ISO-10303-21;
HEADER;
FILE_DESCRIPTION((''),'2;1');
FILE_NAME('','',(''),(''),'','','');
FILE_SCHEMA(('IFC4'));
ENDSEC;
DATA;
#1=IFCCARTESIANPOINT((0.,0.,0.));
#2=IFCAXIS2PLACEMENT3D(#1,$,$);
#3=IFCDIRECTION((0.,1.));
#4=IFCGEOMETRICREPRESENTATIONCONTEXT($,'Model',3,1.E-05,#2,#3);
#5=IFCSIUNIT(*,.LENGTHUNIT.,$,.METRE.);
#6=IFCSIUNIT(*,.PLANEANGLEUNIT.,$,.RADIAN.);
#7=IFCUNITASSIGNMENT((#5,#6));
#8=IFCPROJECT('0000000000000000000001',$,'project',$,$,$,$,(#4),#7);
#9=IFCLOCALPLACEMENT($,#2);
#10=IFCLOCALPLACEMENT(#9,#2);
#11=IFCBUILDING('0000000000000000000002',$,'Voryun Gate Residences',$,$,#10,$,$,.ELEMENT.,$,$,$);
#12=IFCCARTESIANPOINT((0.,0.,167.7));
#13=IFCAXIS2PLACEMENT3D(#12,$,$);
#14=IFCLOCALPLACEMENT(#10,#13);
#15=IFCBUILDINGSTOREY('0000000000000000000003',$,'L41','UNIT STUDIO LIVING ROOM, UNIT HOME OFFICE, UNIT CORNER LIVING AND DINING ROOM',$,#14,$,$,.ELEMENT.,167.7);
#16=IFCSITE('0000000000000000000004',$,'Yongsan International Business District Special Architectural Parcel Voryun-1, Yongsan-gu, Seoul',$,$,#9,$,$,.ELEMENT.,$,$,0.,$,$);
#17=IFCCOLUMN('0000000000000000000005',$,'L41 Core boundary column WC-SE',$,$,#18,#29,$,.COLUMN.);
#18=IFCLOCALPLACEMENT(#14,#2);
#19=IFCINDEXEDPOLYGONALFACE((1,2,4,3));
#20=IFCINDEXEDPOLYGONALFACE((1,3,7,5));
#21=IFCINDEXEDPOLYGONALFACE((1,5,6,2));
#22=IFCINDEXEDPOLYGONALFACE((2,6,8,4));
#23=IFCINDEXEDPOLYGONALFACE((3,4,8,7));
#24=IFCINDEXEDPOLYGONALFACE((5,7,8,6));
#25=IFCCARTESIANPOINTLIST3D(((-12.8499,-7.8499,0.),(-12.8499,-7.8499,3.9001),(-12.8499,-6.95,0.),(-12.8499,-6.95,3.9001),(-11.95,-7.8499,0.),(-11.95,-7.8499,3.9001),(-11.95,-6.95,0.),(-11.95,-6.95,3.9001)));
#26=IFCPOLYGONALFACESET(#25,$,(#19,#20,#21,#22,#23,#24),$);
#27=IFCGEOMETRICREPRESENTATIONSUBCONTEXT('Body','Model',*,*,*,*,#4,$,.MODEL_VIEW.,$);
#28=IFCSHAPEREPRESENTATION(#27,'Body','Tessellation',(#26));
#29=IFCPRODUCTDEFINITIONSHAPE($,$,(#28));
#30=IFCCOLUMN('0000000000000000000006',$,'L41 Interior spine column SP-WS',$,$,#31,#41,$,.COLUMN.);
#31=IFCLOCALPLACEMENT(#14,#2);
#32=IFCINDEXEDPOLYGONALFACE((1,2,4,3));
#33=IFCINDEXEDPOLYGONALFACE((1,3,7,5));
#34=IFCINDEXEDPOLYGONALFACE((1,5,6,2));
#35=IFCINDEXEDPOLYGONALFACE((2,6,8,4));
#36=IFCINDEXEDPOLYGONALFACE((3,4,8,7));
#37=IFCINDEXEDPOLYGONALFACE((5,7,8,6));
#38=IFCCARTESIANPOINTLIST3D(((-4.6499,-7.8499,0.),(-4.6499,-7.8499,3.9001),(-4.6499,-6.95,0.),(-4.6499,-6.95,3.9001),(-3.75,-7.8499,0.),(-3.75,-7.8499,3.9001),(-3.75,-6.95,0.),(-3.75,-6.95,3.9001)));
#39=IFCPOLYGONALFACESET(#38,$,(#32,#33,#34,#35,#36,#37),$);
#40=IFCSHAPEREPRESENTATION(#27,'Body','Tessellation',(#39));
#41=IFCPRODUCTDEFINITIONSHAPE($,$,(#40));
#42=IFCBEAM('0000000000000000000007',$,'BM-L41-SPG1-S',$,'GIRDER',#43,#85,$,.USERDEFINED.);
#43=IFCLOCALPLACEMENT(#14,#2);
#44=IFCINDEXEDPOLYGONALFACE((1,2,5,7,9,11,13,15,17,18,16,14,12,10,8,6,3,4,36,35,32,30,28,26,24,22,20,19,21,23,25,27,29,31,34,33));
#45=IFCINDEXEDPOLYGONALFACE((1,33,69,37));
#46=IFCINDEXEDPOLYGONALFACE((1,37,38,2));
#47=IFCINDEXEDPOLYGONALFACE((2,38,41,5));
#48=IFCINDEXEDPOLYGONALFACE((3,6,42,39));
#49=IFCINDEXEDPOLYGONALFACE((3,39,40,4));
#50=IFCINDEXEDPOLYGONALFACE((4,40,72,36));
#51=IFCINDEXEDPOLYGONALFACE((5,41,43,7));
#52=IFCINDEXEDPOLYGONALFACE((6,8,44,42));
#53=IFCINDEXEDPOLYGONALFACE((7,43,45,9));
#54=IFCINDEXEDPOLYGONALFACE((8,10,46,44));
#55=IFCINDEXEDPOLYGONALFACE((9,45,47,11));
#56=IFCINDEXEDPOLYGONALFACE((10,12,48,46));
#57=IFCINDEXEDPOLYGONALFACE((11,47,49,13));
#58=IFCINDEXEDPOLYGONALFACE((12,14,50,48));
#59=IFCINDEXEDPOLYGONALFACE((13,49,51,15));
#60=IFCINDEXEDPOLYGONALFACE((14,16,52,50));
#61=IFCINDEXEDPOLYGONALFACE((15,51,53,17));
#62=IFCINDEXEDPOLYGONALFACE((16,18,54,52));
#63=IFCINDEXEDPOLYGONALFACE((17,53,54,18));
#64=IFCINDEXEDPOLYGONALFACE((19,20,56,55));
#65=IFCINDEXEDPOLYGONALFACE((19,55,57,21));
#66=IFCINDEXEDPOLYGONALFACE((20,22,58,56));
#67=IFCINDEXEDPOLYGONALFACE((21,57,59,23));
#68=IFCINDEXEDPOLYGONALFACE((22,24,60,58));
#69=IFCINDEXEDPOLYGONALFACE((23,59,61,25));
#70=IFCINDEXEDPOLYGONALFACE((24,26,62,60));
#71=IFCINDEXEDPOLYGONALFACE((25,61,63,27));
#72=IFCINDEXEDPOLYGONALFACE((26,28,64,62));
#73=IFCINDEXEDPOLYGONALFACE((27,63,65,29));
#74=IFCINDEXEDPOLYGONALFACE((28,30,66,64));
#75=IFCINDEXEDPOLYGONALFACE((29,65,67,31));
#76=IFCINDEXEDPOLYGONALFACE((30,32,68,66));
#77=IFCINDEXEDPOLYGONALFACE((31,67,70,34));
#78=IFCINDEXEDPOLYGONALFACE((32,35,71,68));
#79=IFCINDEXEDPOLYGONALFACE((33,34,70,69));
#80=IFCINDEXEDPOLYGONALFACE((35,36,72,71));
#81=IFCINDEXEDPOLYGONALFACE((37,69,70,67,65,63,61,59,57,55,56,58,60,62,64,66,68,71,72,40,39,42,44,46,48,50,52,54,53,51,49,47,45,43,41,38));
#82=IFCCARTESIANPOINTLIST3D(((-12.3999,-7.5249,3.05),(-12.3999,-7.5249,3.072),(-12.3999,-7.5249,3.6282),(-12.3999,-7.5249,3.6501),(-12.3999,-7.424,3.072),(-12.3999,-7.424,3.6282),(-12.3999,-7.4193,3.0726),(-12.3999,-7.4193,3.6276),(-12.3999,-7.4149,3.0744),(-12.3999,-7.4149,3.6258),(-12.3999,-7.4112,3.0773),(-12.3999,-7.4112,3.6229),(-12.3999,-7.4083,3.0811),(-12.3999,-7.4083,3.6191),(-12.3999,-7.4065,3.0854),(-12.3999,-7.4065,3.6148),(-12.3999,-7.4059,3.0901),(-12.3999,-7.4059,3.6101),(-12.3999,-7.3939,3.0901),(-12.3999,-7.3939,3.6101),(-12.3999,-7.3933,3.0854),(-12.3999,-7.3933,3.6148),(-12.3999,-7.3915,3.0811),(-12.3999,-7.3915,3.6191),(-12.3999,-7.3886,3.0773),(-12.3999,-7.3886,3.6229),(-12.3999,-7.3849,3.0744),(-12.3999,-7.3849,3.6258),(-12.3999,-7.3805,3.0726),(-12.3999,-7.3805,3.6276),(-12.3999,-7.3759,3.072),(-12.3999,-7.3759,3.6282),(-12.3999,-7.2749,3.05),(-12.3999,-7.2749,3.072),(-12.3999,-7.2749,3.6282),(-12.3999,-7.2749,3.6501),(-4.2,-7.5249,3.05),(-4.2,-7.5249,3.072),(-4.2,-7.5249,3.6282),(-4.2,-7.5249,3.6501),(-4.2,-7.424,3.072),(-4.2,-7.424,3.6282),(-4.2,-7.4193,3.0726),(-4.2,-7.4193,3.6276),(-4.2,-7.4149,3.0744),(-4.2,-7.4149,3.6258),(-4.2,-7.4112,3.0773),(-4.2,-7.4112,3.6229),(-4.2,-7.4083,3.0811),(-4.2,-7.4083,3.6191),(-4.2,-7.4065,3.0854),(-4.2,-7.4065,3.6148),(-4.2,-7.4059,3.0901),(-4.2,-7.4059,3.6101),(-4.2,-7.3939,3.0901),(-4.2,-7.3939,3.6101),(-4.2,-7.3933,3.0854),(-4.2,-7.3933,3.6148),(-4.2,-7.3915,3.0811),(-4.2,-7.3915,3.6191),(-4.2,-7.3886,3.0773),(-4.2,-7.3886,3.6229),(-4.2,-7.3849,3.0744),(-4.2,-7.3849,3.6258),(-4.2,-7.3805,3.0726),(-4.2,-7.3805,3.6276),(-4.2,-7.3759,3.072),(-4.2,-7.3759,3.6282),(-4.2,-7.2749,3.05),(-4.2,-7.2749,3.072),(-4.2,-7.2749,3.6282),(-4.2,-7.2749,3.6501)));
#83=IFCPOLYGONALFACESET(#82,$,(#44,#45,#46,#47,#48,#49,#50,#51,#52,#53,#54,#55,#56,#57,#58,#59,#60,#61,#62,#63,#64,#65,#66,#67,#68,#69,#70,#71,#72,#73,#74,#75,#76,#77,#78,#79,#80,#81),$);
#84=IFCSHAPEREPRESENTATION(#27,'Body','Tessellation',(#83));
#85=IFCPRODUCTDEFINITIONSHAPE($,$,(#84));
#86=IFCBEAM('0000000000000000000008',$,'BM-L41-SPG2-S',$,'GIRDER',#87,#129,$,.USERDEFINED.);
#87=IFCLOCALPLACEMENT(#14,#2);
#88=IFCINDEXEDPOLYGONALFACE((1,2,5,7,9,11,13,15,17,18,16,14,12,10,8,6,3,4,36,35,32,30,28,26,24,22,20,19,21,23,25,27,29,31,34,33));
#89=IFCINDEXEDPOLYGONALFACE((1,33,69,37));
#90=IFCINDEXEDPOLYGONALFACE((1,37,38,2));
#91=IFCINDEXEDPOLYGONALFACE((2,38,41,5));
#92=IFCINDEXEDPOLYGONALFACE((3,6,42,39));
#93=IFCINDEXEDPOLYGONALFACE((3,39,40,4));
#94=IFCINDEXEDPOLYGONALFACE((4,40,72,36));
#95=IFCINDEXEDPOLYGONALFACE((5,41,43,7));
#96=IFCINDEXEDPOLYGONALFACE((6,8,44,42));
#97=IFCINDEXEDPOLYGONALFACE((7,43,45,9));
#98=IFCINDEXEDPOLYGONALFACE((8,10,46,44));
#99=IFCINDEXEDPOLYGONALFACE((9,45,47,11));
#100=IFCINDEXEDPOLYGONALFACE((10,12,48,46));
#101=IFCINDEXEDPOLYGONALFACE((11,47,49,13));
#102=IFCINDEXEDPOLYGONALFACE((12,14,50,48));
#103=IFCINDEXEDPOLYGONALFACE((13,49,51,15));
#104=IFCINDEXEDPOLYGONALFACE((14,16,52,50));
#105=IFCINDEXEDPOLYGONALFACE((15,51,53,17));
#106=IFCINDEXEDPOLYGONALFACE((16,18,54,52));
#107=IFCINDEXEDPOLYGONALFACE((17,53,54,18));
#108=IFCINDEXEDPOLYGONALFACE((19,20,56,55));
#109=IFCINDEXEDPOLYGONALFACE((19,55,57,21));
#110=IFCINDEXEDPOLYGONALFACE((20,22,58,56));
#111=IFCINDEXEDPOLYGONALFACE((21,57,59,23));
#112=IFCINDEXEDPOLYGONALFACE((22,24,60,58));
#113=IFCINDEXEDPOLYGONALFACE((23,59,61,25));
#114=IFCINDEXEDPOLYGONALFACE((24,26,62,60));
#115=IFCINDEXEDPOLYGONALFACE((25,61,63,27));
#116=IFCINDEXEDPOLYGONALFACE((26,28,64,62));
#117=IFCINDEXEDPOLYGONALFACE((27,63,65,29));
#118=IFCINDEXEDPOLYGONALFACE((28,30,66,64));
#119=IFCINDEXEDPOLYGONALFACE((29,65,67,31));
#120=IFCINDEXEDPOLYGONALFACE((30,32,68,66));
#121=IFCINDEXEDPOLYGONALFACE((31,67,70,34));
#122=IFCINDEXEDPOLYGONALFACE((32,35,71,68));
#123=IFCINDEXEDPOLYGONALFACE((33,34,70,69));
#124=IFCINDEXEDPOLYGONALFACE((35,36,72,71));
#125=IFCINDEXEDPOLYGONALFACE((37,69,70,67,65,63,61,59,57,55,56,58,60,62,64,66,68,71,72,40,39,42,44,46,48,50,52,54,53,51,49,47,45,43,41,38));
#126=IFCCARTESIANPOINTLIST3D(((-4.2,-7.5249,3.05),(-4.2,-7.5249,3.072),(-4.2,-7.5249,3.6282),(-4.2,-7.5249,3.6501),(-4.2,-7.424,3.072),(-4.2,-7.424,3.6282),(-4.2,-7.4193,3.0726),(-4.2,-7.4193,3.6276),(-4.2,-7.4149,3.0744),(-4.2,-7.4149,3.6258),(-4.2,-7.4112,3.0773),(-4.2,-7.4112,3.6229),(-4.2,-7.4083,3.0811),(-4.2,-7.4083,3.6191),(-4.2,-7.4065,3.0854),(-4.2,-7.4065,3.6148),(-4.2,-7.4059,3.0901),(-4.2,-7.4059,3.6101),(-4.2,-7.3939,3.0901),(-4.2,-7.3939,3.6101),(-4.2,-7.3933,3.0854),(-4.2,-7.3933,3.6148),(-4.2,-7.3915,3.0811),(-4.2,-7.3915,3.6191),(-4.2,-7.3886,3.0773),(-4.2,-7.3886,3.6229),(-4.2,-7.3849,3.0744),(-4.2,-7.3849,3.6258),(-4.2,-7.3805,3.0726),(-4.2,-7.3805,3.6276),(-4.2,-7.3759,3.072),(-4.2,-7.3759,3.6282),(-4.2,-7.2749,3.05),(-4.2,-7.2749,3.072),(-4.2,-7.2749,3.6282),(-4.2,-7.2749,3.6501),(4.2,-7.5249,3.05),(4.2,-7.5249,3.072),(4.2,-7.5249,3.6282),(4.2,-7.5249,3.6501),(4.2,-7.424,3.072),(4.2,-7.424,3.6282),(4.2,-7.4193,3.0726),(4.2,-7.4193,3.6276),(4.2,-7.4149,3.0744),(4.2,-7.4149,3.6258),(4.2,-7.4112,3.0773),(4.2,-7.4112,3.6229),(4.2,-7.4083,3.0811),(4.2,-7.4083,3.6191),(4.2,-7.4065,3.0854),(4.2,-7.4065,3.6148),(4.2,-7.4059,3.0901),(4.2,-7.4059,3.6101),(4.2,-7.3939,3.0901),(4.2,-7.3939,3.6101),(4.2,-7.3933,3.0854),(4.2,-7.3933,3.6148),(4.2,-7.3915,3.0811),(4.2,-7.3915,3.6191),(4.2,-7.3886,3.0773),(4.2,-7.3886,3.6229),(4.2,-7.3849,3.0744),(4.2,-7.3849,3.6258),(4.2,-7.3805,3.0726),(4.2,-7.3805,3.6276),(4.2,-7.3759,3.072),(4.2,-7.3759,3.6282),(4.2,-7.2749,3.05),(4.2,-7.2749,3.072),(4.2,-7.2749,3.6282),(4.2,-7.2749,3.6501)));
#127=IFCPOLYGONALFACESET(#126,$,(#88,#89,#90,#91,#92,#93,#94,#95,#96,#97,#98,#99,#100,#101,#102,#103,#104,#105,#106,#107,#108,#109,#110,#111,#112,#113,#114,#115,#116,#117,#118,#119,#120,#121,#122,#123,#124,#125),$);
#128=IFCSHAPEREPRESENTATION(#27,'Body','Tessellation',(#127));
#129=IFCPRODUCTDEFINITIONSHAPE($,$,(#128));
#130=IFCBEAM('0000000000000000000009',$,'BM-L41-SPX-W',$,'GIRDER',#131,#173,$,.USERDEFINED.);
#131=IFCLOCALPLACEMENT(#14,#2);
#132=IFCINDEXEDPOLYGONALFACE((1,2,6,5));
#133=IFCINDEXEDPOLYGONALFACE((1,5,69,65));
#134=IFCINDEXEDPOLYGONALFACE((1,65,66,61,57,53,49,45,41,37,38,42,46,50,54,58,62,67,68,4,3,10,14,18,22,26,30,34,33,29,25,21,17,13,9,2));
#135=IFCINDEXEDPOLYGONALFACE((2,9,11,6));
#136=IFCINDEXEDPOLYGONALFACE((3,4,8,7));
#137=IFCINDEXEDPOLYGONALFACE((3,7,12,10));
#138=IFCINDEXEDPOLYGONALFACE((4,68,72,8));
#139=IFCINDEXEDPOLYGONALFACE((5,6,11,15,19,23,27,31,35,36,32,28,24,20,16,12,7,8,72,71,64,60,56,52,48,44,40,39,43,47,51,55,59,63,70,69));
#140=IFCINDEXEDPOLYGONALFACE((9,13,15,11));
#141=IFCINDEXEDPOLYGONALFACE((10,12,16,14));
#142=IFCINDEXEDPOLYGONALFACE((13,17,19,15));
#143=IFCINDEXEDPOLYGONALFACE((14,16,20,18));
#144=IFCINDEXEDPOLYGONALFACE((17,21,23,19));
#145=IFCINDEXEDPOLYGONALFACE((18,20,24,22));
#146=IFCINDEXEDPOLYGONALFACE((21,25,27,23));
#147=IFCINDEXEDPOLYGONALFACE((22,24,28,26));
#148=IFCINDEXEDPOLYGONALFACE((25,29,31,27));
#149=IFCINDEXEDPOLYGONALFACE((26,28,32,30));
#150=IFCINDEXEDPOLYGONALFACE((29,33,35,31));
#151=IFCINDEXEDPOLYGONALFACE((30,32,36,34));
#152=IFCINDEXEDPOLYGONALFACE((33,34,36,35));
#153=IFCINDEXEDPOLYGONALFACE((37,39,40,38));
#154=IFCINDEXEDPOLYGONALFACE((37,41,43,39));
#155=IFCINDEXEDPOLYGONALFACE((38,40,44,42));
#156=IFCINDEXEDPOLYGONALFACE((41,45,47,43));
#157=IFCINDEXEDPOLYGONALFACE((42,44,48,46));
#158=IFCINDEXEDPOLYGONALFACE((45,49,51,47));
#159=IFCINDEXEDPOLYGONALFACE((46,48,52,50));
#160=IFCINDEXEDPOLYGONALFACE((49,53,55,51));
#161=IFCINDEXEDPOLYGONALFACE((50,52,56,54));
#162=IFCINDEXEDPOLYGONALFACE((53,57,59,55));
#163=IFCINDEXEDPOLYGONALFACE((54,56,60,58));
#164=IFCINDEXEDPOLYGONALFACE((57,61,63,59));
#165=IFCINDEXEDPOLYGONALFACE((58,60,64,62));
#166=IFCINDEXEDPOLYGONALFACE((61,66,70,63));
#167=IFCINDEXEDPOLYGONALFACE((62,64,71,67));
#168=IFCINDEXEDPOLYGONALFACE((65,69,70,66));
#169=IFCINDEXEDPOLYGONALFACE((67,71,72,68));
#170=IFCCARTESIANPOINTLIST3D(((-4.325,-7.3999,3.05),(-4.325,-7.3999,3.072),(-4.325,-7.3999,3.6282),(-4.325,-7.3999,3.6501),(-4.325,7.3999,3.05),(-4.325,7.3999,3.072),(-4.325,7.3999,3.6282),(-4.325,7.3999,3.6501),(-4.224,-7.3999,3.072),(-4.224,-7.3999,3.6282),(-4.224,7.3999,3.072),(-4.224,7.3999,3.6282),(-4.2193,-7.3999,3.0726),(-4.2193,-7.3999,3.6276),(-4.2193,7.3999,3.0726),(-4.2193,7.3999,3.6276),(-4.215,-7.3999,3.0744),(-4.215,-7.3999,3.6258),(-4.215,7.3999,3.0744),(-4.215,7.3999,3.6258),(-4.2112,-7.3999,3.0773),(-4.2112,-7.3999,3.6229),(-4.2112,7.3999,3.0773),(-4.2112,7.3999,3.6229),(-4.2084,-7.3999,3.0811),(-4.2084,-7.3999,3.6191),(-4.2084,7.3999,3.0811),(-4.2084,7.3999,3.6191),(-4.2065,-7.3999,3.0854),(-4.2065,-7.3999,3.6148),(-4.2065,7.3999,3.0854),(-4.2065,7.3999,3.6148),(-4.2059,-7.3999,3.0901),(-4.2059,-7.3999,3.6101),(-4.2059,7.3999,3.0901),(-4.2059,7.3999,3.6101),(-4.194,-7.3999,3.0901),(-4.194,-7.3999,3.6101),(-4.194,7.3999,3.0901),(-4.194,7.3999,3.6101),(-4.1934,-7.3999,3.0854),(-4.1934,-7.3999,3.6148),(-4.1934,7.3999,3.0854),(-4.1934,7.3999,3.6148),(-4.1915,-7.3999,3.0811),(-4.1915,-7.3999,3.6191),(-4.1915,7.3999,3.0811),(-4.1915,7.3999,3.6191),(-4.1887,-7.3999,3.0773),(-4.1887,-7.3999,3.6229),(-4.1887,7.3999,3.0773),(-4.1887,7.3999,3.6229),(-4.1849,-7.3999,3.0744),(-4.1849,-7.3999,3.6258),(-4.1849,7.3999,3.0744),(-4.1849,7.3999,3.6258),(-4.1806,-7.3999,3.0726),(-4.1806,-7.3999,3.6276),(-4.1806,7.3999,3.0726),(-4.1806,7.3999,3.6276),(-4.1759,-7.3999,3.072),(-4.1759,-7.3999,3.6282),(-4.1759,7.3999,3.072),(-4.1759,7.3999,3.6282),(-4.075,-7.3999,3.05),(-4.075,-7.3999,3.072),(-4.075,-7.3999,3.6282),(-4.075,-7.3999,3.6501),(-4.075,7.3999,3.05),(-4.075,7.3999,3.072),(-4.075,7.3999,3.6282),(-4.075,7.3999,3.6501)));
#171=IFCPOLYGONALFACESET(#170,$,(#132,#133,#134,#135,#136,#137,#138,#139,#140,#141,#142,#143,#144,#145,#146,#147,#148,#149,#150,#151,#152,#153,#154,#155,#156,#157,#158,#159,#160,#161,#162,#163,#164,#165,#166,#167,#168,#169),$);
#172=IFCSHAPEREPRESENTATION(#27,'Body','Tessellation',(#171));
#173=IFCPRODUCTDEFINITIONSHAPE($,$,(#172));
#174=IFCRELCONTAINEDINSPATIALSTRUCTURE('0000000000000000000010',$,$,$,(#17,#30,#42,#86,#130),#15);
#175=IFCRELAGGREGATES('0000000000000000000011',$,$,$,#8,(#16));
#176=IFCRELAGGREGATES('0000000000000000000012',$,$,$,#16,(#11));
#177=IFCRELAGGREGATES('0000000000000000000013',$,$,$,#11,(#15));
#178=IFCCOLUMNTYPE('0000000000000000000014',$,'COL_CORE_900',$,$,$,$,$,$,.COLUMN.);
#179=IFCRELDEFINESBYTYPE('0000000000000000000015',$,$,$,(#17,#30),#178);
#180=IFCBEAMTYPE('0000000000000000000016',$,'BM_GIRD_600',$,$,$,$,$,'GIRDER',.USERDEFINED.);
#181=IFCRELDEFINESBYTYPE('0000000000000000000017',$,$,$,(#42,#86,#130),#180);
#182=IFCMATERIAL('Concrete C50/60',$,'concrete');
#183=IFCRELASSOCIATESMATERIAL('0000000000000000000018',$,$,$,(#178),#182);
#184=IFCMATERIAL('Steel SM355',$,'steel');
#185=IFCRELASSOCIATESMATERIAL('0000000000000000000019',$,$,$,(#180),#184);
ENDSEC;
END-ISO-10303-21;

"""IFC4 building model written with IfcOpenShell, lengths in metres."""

from ifc_helpers import new_model, si_unit, direction, frame, origin, origin_2d, place, context, subcontext, project, spatial, rectangle, i_section, extrude, material, material_profile, profile_set, type_object, element, save


model = new_model("IFC4")

# Units and contexts
model_context = context("Model", 3, precision=1e-05, world=origin(), true_north=direction((0.0, 1.0)))
body_context = subcontext(model_context, "Body", "Model", "MODEL_VIEW")
ifc_project = project(units=[si_unit("LENGTHUNIT", "METRE"), si_unit("PLANEANGLEUNIT", "RADIAN")], contexts=[model_context])

# Site, building, storey
site_placement = place(None, origin())
site = spatial("IfcSite", under=ifc_project, at=site_placement, Name="Yongsan International Business District Special Architectural Parcel Voryun-1, Yongsan-gu, Seoul", CompositionType="ELEMENT", RefElevation=0.0)
building_placement = place(site_placement, origin())
building = spatial("IfcBuilding", under=site, at=building_placement, Name="Voryun Gate Residences", CompositionType="ELEMENT")
storey_placement = place(building_placement, frame((0.0, 0.0, 167.7)))
storey = spatial("IfcBuildingStorey", under=building, at=storey_placement, Name="L41", Description="UNIT STUDIO LIVING ROOM, UNIT HOME OFFICE, UNIT CORNER LIVING AND DINING ROOM", CompositionType="ELEMENT", Elevation=167.7)

# Columns
ifc_material_1 = material(Name="Concrete C50/60", Category="concrete")
ifc_material_profile_1 = material_profile(ifc_material_1, rectangle(XDim=0.8999, YDim=0.8999, at=origin_2d()), Name="RC-900x900")
ifc_profile_set_1 = profile_set([ifc_material_profile_1], Name="Concrete C50/60")
column_type = type_object("IfcColumnType", Name="COL_CORE_900", PredefinedType="COLUMN", material=ifc_profile_set_1)
for number, where, z_axis, x_axis, name in (
    (1, (-12.3999, -7.3999, 0.0), (0.0, 0.0, 1.0), (1.0, 0.0, 0.0), "L41 Core boundary column WC-SE"),
    (2, (-4.2, -7.3999, 0.0), (0.0, 0.0, 1.0), (1.0, 0.0, 0.0), "L41 Interior spine column SP-WS"),
):
    element("IfcColumn", number, at=place(storey_placement, frame(where, z_axis=z_axis, x_axis=x_axis)), inside=storey, type_object=column_type, Name=name, PredefinedType="COLUMN", context=body_context, shape_type="SweptSolid", body=[
        extrude(rectangle(XDim=0.8999, YDim=0.8999, at=origin_2d()), origin(), (0.0, 0.0, 1.0), 3.9001),
    ])

# Beams
ifc_material_2 = material(Name="Steel SM355", Category="steel")
ifc_material_profile_2 = material_profile(ifc_material_2, i_section(OverallWidth=0.25, OverallDepth=0.6001, WebThickness=0.012, FlangeThickness=0.022, FilletRadius=0.0181, at=origin_2d()), Name="H-600x250x12x22")
ifc_profile_set_2 = profile_set([ifc_material_profile_2], Name="Steel SM355")
beam_type_1 = type_object("IfcBeamType", Name="BM_GIRD_600", ElementType="GIRDER", PredefinedType="USERDEFINED", material=ifc_profile_set_2)
beam_1_placement = place(storey_placement, frame((-12.3999, -7.3999, 3.3501), z_axis=(1.0, 0.0, 0.0), x_axis=(0.0, 1.0, 0.0)))
element("IfcBeam", 3, at=beam_1_placement, inside=storey, type_object=beam_type_1, Name="BM-L41-SPG1-S", ObjectType="GIRDER", PredefinedType="USERDEFINED", context=body_context, shape_type="SweptSolid", body=[
    extrude(i_section(OverallWidth=0.25, OverallDepth=0.6001, WebThickness=0.012, FlangeThickness=0.022, FilletRadius=0.0181, at=origin_2d()), origin(), (0.0, 0.0, 1.0), 8.2),
])
beam_2_placement = place(storey_placement, frame((-4.2, -7.3999, 3.3501), z_axis=(1.0, 0.0, 0.0), x_axis=(0.0, 1.0, 0.0)))
element("IfcBeam", 4, at=beam_2_placement, inside=storey, type_object=beam_type_1, Name="BM-L41-SPG2-S", ObjectType="GIRDER", PredefinedType="USERDEFINED", context=body_context, shape_type="SweptSolid", body=[
    extrude(i_section(OverallWidth=0.25, OverallDepth=0.6001, WebThickness=0.012, FlangeThickness=0.022, FilletRadius=0.0181, at=origin_2d()), origin(), (0.0, 0.0, 1.0), 8.3999),
])
beam_3_placement = place(storey_placement, frame((-4.2, -7.3999, 3.3501), z_axis=(0.0, 1.0, 0.0), x_axis=(-1.0, 0.0, 0.0)))
element("IfcBeam", 5, at=beam_3_placement, inside=storey, type_object=beam_type_1, Name="BM-L41-SPX-W", ObjectType="GIRDER", PredefinedType="USERDEFINED", context=body_context, shape_type="SweptSolid", body=[
    extrude(i_section(OverallWidth=0.25, OverallDepth=0.6001, WebThickness=0.012, FlangeThickness=0.022, FilletRadius=0.0181, at=origin_2d()), origin(), (0.0, 0.0, 1.0), 14.7998),
])

save(model, "model.ifc")
